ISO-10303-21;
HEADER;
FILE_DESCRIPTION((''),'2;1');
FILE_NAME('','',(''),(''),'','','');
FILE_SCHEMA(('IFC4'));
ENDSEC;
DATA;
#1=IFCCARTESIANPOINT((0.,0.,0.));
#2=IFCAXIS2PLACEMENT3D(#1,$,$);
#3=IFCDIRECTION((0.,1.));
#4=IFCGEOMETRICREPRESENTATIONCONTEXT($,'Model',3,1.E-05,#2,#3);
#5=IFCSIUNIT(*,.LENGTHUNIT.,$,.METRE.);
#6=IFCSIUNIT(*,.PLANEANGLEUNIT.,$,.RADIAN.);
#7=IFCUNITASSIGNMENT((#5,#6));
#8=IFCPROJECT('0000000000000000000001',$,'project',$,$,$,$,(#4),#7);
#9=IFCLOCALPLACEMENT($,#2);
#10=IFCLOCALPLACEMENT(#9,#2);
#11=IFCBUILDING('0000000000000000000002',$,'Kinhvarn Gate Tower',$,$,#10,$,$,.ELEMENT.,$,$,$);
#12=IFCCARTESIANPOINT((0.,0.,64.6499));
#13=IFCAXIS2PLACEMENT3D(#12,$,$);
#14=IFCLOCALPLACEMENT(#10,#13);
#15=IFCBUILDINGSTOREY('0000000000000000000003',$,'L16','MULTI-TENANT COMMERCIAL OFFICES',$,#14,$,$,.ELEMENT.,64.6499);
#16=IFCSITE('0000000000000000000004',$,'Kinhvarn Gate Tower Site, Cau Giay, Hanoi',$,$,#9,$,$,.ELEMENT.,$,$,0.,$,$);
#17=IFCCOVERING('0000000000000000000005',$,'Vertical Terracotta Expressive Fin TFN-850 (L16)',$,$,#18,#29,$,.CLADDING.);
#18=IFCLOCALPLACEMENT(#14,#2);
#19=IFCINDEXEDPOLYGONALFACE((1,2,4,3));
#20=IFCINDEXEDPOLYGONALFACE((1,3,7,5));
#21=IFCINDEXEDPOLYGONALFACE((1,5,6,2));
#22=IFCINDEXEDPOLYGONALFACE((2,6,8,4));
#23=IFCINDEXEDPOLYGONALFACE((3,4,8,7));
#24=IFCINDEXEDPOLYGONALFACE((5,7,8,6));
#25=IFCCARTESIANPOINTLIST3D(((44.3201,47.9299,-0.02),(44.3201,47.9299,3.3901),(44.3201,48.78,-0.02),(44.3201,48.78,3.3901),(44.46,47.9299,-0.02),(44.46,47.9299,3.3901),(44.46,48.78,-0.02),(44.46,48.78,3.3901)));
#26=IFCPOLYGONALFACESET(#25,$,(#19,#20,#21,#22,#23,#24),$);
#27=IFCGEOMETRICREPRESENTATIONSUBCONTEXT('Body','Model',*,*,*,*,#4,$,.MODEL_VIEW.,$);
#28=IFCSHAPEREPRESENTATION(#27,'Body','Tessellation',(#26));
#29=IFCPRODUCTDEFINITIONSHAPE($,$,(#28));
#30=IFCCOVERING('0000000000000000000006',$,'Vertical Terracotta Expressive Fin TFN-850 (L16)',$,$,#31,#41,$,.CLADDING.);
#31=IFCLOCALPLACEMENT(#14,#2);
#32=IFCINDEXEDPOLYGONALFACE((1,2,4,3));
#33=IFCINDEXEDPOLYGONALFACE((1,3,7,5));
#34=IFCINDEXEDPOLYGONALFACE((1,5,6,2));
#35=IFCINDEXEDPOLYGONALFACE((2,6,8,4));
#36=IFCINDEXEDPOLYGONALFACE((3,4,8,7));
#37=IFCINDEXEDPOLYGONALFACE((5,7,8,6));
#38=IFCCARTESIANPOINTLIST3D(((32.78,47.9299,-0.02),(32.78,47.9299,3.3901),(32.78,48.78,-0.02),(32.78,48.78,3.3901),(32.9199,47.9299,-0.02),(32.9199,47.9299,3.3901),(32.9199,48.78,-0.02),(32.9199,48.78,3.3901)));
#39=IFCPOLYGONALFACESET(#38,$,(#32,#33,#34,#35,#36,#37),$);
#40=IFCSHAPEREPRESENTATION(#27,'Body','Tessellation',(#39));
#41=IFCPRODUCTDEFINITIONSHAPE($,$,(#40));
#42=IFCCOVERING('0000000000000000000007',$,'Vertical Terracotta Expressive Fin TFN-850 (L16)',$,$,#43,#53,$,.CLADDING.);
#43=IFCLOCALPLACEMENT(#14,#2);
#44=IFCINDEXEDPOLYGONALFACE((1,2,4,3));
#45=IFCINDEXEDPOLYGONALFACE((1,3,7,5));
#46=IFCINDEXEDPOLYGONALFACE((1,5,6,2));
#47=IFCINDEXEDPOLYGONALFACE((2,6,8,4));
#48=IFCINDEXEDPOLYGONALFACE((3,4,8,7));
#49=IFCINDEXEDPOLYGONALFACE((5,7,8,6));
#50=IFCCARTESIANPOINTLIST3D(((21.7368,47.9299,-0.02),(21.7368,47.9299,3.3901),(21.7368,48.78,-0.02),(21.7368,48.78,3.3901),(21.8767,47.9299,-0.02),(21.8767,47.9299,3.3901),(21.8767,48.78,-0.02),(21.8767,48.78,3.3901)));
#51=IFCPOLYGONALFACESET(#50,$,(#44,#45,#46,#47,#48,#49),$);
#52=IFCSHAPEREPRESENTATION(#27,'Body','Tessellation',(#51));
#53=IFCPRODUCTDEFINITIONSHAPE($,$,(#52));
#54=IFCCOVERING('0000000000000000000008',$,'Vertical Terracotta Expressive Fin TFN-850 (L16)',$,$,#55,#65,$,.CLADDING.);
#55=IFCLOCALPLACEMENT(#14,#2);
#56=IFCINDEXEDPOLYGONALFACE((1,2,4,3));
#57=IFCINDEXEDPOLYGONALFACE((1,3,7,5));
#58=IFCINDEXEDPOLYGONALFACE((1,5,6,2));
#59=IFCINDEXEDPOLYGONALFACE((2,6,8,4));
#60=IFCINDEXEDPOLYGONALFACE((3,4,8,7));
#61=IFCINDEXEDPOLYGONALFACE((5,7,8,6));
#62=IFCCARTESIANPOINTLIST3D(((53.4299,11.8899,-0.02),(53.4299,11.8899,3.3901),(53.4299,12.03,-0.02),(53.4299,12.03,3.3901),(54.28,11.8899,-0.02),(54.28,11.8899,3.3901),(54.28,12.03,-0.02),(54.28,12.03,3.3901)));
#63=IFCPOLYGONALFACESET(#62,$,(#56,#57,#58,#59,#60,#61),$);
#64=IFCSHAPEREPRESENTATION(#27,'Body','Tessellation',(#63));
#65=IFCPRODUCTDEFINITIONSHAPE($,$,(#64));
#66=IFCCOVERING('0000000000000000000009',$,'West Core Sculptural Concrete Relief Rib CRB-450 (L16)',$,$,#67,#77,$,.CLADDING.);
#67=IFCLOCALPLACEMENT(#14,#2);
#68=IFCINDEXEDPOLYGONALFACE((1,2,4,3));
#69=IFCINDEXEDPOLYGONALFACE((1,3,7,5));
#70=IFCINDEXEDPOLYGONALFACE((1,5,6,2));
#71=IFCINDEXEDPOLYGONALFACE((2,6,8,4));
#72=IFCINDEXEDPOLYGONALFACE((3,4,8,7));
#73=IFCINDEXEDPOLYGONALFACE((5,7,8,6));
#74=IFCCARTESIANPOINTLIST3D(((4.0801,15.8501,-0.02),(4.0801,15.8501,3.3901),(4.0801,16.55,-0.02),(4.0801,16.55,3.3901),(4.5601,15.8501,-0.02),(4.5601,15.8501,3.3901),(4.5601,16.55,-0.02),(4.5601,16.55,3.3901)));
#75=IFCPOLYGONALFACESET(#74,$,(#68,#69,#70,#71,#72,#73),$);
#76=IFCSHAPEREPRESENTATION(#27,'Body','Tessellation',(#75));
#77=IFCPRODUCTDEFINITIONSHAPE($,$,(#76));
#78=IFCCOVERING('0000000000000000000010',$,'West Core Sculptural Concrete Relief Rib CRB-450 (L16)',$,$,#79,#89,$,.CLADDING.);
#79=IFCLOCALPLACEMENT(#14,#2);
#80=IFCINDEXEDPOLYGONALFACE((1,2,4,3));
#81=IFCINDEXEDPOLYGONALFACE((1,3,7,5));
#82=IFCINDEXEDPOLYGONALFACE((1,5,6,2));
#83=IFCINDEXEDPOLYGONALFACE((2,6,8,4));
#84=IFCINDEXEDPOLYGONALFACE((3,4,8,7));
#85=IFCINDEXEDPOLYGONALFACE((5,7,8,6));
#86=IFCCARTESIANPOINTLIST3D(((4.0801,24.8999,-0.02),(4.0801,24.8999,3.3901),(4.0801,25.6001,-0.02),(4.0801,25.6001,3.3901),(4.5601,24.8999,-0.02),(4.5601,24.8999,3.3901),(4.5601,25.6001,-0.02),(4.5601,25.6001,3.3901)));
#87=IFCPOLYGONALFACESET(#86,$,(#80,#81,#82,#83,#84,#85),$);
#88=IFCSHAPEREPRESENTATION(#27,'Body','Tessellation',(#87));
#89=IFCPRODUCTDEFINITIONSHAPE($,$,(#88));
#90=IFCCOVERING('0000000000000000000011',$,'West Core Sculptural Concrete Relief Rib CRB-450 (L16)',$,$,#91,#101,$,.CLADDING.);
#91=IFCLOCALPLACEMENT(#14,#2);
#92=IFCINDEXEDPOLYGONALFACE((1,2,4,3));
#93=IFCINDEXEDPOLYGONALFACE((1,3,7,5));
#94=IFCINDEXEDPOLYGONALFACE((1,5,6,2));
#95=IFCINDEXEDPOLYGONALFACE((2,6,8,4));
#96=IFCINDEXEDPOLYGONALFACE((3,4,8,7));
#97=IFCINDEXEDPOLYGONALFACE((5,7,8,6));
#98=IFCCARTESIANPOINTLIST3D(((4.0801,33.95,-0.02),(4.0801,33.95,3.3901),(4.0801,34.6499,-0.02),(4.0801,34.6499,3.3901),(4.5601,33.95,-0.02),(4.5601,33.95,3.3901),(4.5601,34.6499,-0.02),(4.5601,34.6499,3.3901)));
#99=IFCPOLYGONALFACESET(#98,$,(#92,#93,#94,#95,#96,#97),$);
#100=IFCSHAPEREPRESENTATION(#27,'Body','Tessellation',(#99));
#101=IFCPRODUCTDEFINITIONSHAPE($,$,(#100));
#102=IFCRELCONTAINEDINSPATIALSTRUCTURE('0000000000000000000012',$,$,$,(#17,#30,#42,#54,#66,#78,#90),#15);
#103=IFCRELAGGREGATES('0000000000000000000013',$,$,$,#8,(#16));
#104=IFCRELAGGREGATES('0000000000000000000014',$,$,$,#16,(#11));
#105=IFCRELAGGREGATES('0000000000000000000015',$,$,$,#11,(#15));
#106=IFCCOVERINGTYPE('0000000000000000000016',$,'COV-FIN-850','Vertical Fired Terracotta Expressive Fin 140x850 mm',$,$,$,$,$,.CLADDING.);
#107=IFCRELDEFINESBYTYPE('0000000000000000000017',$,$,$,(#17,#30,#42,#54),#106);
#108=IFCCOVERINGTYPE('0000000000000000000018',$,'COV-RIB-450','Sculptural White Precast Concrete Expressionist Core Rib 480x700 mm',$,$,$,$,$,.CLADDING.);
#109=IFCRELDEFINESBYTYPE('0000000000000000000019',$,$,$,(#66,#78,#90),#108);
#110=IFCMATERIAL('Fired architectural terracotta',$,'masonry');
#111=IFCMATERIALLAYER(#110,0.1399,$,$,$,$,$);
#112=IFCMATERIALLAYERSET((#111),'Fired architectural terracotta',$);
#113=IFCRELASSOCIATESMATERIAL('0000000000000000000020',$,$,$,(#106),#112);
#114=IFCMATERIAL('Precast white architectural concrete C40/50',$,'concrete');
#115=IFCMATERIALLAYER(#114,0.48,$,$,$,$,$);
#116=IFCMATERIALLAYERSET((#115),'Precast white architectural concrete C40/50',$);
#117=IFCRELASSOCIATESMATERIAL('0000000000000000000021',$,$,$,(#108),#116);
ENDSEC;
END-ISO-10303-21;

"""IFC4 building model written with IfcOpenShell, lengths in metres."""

from ifc_helpers import new_model, si_unit, direction, frame, origin, place, context, subcontext, project, spatial, polyline, outline, extrude, material, layer, layer_set, type_object, element, save


model = new_model("IFC4")

# Units and contexts
model_context = context("Model", 3, precision=1e-05, world=origin(), true_north=direction((0.0, 1.0)))
body_context = subcontext(model_context, "Body", "Model", "MODEL_VIEW")
ifc_project = project(units=[si_unit("LENGTHUNIT", "METRE"), si_unit("PLANEANGLEUNIT", "RADIAN")], contexts=[model_context])

# Site, building, storey
site_placement = place(None, origin())
site = spatial("IfcSite", under=ifc_project, at=site_placement, Name="Kinhvarn Gate Tower Site, Cau Giay, Hanoi", CompositionType="ELEMENT", RefElevation=0.0)
building_placement = place(site_placement, origin())
building = spatial("IfcBuilding", under=site, at=building_placement, Name="Kinhvarn Gate Tower", CompositionType="ELEMENT")
storey_placement = place(building_placement, frame((0.0, 0.0, 64.6499)))
storey = spatial("IfcBuildingStorey", under=building, at=storey_placement, Name="L16", Description="MULTI-TENANT COMMERCIAL OFFICES", CompositionType="ELEMENT", Elevation=64.6499)

# Shared definitions
ifc_material_1 = material(Name="Precast white architectural concrete C40/50", Category="concrete")

# Coverings
ifc_material_2 = material(Name="Fired architectural terracotta", Category="masonry")
ifc_layer_1 = layer(ifc_material_2, 0.1399)
ifc_layer_set_1 = layer_set([ifc_layer_1], Name="Fired architectural terracotta")
covering_type_1 = type_object("IfcCoveringType", Name="COV-FIN-850", Description="Vertical Fired Terracotta Expressive Fin 140x850 mm", PredefinedType="CLADDING", material=ifc_layer_set_1)
covering_1_placement = place(storey_placement, frame((0.0, 0.0, -0.02)))
element("IfcCovering", 1, at=covering_1_placement, inside=storey, type_object=covering_type_1, Name="Vertical Terracotta Expressive Fin TFN-850 (L16)", PredefinedType="CLADDING", context=body_context, shape_type="SweptSolid", body=[
    extrude(outline(polyline([(44.46, 47.9299), (44.3201, 47.9299), (44.3201, 48.78), (44.46, 48.78), (44.46, 47.9299)])), origin(), (0.0, 0.0, 1.0), 3.4102),
])
covering_2_placement = place(storey_placement, frame((0.0, 0.0, -0.02)))
element("IfcCovering", 2, at=covering_2_placement, inside=storey, type_object=covering_type_1, Name="Vertical Terracotta Expressive Fin TFN-850 (L16)", PredefinedType="CLADDING", context=body_context, shape_type="SweptSolid", body=[
    extrude(outline(polyline([(32.9199, 47.9299), (32.78, 47.9299), (32.78, 48.78), (32.9199, 48.78), (32.9199, 47.9299)])), origin(), (0.0, 0.0, 1.0), 3.4102),
])
covering_3_placement = place(storey_placement, frame((0.0, 0.0, -0.02)))
element("IfcCovering", 3, at=covering_3_placement, inside=storey, type_object=covering_type_1, Name="Vertical Terracotta Expressive Fin TFN-850 (L16)", PredefinedType="CLADDING", context=body_context, shape_type="SweptSolid", body=[
    extrude(outline(polyline([(21.8767, 47.9299), (21.7368, 47.9299), (21.7368, 48.78), (21.8767, 48.78), (21.8767, 47.9299)])), origin(), (0.0, 0.0, 1.0), 3.4102),
])
covering_4_placement = place(storey_placement, frame((0.0, 0.0, -0.02)))
element("IfcCovering", 4, at=covering_4_placement, inside=storey, type_object=covering_type_1, Name="Vertical Terracotta Expressive Fin TFN-850 (L16)", PredefinedType="CLADDING", context=body_context, shape_type="SweptSolid", body=[
    extrude(outline(polyline([(53.4299, 11.8899), (53.4299, 12.03), (54.28, 12.03), (54.28, 11.8899), (53.4299, 11.8899)])), origin(), (0.0, 0.0, 1.0), 3.4102),
])
ifc_layer_2 = layer(ifc_material_1, 0.48)
ifc_layer_set_2 = layer_set([ifc_layer_2], Name="Precast white architectural concrete C40/50")
covering_type_2 = type_object("IfcCoveringType", Name="COV-RIB-450", Description="Sculptural White Precast Concrete Expressionist Core Rib 480x700 mm", PredefinedType="CLADDING", material=ifc_layer_set_2)
covering_5_placement = place(storey_placement, frame((0.0, 0.0, -0.02)))
element("IfcCovering", 5, at=covering_5_placement, inside=storey, type_object=covering_type_2, Name="West Core Sculptural Concrete Relief Rib CRB-450 (L16)", PredefinedType="CLADDING", context=body_context, shape_type="SweptSolid", body=[
    extrude(outline(polyline([(4.0801, 15.8501), (4.5601, 15.8501), (4.5601, 16.55), (4.0801, 16.55), (4.0801, 15.8501)])), origin(), (0.0, 0.0, 1.0), 3.4102),
])
covering_6_placement = place(storey_placement, frame((0.0, 0.0, -0.02)))
element("IfcCovering", 6, at=covering_6_placement, inside=storey, type_object=covering_type_2, Name="West Core Sculptural Concrete Relief Rib CRB-450 (L16)", PredefinedType="CLADDING", context=body_context, shape_type="SweptSolid", body=[
    extrude(outline(polyline([(4.0801, 24.8999), (4.5601, 24.8999), (4.5601, 25.6001), (4.0801, 25.6001), (4.0801, 24.8999)])), origin(), (0.0, 0.0, 1.0), 3.4102),
])
covering_7_placement = place(storey_placement, frame((0.0, 0.0, -0.02)))
element("IfcCovering", 7, at=covering_7_placement, inside=storey, type_object=covering_type_2, Name="West Core Sculptural Concrete Relief Rib CRB-450 (L16)", PredefinedType="CLADDING", context=body_context, shape_type="SweptSolid", body=[
    extrude(outline(polyline([(4.0801, 33.95), (4.5601, 33.95), (4.5601, 34.6499), (4.0801, 34.6499), (4.0801, 33.95)])), origin(), (0.0, 0.0, 1.0), 3.4102),
])

save(model, "model.ifc")
